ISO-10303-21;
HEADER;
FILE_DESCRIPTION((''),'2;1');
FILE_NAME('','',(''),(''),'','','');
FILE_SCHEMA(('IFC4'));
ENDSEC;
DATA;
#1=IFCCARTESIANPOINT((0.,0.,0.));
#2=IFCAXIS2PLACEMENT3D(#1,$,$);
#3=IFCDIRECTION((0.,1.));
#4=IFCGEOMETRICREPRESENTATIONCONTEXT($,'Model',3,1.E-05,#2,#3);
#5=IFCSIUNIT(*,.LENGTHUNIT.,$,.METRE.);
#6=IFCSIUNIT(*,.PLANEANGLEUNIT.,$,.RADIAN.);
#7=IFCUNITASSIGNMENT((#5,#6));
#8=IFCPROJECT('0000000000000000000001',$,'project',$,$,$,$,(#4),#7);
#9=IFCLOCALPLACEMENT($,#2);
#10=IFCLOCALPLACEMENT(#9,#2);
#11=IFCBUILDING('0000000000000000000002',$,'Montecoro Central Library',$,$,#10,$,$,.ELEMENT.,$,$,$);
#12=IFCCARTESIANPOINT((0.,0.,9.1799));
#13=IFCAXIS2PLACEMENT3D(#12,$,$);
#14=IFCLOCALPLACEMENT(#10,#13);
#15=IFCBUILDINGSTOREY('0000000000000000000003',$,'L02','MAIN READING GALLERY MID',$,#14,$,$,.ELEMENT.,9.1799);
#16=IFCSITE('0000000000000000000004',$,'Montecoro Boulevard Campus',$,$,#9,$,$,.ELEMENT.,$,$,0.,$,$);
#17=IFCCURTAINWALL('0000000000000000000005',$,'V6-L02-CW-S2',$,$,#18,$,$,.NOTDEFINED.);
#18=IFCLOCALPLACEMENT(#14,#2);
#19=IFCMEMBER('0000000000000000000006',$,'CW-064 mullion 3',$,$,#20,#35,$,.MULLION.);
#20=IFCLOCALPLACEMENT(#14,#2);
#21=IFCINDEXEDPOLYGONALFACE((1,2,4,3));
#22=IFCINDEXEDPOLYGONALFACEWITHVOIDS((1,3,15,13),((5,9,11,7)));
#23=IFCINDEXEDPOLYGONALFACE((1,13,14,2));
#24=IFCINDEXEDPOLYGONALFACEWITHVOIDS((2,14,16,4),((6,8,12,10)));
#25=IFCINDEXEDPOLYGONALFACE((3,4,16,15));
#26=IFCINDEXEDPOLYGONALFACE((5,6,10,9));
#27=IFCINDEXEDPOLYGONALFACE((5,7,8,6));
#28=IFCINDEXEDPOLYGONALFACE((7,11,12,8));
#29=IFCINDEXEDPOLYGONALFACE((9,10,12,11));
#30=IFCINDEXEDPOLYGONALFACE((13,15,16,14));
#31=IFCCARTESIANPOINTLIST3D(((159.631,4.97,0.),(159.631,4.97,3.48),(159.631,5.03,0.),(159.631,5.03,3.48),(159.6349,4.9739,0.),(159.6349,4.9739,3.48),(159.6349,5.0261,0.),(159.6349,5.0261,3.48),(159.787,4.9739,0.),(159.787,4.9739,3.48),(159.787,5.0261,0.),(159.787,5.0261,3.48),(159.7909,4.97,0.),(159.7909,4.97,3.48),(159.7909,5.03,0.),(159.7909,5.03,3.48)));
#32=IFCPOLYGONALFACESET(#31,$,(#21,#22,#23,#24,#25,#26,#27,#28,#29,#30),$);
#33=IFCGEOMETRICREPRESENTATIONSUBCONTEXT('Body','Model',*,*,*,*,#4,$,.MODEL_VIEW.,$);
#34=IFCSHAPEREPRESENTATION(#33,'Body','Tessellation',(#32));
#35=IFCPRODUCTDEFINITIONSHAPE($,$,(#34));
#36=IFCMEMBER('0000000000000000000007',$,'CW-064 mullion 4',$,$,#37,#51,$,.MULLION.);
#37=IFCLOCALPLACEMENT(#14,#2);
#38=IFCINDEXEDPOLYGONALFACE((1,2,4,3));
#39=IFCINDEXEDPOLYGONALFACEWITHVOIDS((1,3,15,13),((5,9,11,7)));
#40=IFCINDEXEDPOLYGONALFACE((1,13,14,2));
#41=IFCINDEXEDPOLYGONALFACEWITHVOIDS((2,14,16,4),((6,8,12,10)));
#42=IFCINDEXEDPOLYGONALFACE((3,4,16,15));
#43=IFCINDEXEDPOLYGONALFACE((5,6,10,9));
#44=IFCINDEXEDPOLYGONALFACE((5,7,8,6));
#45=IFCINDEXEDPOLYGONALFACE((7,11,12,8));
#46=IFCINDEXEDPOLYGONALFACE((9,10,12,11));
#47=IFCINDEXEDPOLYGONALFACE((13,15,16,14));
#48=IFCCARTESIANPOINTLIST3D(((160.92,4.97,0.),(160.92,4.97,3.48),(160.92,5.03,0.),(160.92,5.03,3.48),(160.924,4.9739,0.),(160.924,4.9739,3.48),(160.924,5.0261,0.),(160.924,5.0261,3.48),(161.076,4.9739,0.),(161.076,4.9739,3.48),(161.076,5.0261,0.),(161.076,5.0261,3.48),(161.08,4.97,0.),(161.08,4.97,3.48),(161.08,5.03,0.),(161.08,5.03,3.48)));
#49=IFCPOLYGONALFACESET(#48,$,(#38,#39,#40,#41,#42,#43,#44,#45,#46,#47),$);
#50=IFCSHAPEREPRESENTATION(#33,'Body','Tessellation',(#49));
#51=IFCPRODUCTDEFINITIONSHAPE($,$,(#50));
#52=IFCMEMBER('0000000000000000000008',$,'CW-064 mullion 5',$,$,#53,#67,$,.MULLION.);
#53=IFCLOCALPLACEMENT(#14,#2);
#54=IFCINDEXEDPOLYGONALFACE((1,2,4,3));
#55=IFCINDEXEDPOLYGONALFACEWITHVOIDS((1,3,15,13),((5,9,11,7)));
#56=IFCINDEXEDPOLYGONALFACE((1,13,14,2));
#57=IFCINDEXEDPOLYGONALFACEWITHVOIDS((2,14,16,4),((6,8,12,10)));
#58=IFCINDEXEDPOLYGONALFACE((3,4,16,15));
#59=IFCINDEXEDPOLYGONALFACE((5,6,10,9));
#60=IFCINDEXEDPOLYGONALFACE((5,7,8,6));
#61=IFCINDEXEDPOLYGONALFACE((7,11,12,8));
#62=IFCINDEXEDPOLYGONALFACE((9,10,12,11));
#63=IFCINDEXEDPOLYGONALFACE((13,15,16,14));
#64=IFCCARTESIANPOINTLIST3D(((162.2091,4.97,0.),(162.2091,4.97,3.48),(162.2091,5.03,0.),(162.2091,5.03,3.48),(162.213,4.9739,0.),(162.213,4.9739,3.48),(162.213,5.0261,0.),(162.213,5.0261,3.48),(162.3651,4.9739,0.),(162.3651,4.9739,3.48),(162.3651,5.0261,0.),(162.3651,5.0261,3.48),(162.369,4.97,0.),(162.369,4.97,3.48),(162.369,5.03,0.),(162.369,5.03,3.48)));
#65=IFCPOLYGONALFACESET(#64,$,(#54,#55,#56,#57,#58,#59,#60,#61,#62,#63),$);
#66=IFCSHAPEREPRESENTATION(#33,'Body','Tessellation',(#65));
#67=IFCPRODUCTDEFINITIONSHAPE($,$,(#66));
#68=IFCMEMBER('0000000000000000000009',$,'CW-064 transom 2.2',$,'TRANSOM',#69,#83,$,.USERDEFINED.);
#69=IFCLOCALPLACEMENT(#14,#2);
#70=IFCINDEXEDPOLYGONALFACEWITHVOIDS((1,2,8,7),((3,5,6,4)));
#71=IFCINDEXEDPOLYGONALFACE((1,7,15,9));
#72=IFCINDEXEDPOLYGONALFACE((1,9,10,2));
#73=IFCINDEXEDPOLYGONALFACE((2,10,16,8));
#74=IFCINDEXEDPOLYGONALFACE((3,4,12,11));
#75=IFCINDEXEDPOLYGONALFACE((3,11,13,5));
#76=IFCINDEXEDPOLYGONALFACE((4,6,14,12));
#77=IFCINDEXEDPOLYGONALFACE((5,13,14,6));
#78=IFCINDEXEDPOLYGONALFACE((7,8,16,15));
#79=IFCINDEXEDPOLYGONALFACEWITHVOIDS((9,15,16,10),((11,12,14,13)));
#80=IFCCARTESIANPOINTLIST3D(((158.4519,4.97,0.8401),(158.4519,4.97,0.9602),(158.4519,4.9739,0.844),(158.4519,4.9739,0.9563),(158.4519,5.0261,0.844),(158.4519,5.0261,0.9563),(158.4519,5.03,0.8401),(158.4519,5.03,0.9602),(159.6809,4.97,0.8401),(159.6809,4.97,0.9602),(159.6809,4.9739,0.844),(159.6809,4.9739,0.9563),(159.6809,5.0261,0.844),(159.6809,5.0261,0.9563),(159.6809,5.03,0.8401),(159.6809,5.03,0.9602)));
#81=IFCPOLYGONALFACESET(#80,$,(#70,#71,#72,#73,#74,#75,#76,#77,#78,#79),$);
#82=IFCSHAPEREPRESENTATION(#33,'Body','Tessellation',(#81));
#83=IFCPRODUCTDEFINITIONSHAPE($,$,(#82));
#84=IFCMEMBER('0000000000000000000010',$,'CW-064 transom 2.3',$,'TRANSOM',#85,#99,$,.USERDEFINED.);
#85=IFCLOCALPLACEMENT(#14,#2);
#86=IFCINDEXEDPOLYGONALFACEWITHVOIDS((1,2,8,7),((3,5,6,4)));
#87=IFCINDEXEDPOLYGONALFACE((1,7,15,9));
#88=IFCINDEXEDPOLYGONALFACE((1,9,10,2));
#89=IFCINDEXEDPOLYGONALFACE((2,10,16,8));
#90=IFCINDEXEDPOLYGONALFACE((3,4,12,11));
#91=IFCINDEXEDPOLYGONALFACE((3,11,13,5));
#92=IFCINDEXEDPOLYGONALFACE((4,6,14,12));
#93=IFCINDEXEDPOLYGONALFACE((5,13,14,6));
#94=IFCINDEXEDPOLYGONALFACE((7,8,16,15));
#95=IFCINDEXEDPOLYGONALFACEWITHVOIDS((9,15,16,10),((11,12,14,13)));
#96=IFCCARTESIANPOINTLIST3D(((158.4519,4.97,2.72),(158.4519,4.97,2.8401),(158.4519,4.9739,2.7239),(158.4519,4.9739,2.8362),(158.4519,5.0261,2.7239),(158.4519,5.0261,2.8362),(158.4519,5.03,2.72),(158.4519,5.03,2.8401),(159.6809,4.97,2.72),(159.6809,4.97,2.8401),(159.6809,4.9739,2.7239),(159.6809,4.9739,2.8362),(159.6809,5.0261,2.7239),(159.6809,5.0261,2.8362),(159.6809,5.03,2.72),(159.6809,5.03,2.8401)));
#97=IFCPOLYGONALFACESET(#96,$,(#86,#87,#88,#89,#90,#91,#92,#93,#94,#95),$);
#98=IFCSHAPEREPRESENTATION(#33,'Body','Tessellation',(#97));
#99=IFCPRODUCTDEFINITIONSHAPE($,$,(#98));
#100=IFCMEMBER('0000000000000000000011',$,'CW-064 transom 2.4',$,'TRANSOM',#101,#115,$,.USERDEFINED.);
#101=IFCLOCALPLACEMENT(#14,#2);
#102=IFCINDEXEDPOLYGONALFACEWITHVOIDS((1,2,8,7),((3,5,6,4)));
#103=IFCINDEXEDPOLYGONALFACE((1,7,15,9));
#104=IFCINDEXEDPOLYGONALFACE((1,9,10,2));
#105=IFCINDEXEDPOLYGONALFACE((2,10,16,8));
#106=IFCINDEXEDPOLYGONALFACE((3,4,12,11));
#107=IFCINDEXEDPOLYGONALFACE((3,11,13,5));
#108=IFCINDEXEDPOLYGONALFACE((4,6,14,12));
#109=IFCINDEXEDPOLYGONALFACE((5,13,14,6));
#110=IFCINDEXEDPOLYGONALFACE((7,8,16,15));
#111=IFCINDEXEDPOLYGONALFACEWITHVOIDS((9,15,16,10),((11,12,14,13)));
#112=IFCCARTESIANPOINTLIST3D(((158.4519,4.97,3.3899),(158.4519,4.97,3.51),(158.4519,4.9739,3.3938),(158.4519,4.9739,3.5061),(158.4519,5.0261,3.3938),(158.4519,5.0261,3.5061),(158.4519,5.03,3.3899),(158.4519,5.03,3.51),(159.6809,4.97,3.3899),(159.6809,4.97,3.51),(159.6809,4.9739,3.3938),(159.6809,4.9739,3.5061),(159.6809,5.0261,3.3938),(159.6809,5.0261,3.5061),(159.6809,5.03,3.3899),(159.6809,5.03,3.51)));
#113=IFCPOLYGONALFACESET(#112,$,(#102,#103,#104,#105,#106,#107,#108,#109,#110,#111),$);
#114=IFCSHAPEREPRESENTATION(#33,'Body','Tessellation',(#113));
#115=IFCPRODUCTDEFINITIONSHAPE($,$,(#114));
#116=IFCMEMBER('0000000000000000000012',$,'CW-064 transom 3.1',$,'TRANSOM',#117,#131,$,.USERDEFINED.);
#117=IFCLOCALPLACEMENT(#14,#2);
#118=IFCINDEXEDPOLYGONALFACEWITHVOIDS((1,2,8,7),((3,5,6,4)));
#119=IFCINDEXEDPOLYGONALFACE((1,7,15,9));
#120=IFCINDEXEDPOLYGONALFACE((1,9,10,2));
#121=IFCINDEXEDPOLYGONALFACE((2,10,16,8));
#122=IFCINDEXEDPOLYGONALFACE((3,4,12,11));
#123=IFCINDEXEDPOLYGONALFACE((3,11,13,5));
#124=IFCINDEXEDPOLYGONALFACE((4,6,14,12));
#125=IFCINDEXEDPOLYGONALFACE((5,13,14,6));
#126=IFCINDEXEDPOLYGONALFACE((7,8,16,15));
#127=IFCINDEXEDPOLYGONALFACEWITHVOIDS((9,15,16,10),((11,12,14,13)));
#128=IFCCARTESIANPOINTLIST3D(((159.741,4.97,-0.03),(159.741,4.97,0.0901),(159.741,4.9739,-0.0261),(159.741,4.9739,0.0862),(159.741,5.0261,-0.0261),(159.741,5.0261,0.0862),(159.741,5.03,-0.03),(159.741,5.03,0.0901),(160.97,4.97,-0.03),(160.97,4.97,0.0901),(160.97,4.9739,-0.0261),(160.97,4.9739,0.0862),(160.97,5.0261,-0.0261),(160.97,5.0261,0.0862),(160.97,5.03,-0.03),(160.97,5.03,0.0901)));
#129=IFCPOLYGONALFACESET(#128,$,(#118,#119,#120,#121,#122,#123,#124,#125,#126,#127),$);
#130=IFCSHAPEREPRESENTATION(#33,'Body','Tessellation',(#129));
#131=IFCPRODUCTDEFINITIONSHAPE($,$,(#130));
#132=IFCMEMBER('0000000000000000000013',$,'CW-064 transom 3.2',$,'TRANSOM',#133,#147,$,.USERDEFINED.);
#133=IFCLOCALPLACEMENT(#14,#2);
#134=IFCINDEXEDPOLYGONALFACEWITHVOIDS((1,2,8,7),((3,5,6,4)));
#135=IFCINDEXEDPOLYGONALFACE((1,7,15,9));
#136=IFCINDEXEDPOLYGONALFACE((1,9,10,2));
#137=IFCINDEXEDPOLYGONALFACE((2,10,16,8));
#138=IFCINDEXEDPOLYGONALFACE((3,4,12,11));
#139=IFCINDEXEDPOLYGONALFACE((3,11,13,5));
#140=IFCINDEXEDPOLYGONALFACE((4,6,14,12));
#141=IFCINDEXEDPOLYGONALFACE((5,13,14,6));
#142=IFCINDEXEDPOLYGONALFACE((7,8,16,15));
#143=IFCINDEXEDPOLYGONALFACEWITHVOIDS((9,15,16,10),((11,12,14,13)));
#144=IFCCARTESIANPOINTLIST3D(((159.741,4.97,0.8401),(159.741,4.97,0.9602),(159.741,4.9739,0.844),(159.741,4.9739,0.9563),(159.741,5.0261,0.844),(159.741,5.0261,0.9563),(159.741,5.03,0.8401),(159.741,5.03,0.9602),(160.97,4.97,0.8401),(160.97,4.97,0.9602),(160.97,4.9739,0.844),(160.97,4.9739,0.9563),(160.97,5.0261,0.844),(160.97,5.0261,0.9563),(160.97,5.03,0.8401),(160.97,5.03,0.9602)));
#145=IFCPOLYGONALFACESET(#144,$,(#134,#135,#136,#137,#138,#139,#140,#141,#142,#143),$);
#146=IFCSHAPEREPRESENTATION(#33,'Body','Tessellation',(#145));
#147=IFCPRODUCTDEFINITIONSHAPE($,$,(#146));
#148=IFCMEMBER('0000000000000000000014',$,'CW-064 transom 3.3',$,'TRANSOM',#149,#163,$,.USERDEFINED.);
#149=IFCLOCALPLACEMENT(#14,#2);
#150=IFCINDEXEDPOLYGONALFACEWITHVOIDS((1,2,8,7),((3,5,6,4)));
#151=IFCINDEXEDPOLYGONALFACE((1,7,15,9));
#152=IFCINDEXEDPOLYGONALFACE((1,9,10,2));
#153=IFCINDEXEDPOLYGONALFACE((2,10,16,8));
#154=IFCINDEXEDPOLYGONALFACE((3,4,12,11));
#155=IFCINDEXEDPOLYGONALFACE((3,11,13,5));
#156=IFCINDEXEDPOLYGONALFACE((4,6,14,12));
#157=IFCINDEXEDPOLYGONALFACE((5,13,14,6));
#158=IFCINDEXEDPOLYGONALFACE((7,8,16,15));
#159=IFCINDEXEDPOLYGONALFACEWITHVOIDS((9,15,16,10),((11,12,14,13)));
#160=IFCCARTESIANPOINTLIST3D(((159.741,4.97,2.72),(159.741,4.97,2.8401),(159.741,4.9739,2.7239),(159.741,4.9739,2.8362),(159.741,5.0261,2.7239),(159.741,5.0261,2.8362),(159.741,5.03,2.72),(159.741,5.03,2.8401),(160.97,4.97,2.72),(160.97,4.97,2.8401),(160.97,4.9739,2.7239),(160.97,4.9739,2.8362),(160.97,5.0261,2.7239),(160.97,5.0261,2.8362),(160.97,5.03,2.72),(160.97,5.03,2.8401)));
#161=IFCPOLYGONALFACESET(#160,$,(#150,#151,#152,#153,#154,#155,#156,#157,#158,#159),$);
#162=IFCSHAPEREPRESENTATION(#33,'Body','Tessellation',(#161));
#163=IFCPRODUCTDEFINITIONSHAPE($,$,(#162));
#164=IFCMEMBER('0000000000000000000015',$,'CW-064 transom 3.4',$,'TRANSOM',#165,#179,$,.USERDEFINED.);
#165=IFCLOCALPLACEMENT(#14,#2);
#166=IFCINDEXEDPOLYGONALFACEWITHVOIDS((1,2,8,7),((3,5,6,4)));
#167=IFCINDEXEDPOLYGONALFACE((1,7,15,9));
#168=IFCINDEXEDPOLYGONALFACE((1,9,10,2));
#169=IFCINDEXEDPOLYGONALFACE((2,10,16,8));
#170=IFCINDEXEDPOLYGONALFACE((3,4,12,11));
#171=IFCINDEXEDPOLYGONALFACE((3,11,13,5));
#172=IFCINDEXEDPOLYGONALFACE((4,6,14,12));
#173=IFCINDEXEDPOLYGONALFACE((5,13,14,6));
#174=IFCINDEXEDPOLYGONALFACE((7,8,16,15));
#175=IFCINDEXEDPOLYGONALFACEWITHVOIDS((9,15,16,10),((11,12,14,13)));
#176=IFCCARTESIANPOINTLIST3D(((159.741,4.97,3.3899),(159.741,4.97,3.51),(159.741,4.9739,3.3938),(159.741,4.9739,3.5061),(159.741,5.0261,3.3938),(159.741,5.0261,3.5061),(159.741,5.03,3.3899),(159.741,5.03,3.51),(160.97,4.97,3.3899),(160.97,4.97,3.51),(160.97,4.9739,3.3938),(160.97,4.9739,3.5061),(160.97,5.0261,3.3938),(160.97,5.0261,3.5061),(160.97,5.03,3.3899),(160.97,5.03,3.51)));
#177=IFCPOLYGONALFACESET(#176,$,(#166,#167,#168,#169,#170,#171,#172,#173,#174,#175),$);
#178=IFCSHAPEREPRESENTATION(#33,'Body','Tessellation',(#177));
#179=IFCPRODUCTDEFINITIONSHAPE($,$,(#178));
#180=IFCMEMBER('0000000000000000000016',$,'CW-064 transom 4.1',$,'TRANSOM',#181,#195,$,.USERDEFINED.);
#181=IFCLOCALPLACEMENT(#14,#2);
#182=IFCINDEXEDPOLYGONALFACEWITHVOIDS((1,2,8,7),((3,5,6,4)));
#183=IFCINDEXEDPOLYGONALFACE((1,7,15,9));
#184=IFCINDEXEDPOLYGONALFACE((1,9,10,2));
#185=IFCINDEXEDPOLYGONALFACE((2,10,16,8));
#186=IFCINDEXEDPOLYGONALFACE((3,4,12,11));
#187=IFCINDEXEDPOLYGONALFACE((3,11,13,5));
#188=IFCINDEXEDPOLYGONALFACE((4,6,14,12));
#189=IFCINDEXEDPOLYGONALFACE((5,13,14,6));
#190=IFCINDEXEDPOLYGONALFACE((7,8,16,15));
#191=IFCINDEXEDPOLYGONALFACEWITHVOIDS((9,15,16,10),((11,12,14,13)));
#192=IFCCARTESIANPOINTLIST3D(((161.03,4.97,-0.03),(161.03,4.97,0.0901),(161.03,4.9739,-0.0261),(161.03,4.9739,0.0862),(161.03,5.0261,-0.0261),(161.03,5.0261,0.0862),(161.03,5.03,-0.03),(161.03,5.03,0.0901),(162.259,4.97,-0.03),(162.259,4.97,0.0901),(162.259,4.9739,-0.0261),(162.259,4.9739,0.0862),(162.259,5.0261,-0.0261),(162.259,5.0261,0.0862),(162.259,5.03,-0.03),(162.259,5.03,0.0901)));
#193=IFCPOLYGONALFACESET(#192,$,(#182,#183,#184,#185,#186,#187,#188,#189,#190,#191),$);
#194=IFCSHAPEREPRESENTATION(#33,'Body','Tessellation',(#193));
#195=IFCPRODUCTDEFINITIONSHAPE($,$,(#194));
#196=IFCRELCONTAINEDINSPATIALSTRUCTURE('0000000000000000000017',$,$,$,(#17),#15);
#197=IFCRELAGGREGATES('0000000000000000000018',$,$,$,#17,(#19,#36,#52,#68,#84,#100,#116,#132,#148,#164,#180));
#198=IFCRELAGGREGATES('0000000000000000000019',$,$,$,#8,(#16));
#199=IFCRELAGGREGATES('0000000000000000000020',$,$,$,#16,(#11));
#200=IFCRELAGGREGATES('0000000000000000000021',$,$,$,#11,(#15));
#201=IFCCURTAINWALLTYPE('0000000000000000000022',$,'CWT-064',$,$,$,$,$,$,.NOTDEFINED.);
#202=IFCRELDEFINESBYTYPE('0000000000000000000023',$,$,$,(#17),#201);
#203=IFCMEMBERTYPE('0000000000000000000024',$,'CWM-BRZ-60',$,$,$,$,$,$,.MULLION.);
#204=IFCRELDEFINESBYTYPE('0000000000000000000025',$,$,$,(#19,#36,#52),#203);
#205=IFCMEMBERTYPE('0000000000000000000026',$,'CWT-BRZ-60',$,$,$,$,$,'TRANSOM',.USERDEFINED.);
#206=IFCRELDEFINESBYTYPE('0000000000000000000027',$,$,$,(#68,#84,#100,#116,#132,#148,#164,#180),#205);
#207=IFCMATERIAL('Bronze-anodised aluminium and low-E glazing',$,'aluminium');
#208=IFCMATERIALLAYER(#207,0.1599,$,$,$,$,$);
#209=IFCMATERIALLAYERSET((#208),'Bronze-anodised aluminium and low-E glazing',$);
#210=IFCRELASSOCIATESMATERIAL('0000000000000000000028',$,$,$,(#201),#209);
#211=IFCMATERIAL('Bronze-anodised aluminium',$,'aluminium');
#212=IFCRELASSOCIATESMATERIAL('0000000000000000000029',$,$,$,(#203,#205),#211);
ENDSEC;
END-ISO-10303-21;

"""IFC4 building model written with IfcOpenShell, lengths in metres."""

from ifc_helpers import new_model, si_unit, direction, frame, origin, origin_2d, place, context, subcontext, project, spatial, hollow_rectangle, extrude, material, layer, layer_set, material_profile, profile_set, type_object, element, aggregate, save


model = new_model("IFC4")

# Units and contexts
model_context = context("Model", 3, precision=1e-05, world=origin(), true_north=direction((0.0, 1.0)))
body_context = subcontext(model_context, "Body", "Model", "MODEL_VIEW")
ifc_project = project(units=[si_unit("LENGTHUNIT", "METRE"), si_unit("PLANEANGLEUNIT", "RADIAN")], contexts=[model_context])

# Site, building, storey
site_placement = place(None, origin())
site = spatial("IfcSite", under=ifc_project, at=site_placement, Name="Montecoro Boulevard Campus", CompositionType="ELEMENT", RefElevation=0.0)
building_placement = place(site_placement, origin())
building = spatial("IfcBuilding", under=site, at=building_placement, Name="Montecoro Central Library", CompositionType="ELEMENT")
storey_placement = place(building_placement, frame((0.0, 0.0, 9.1799)))
storey = spatial("IfcBuildingStorey", under=building, at=storey_placement, Name="L02", Description="MAIN READING GALLERY MID", CompositionType="ELEMENT", Elevation=9.1799)

# Curtain wall, members
ifc_material_1 = material(Name="Bronze-anodised aluminium and low-E glazing", Category="aluminium")
ifc_layer_1 = layer(ifc_material_1, 0.1599)
ifc_layer_set_1 = layer_set([ifc_layer_1], Name="Bronze-anodised aluminium and low-E glazing")
curtain_wall_type = type_object("IfcCurtainWallType", Name="CWT-064", PredefinedType="NOTDEFINED", material=ifc_layer_set_1)
curtain_wall_placement = place(storey_placement, origin())
curtain_wall = element("IfcCurtainWall", 1, at=curtain_wall_placement, inside=storey, type_object=curtain_wall_type, Name="V6-L02-CW-S2", PredefinedType="NOTDEFINED")
ifc_material_2 = material(Name="Bronze-anodised aluminium", Category="aluminium")
ifc_material_profile_1 = material_profile(ifc_material_2, hollow_rectangle(XDim=0.0601, YDim=0.1599, WallThickness=0.0039, at=origin_2d()), Name="CWM 160x60x4.0")
ifc_profile_set_1 = profile_set([ifc_material_profile_1], Name="Bronze-anodised aluminium")
member_type_1 = type_object("IfcMemberType", Name="CWM-BRZ-60", PredefinedType="MULLION", material=ifc_profile_set_1)
member_1_placement = place(storey_placement, frame((159.7109, 5.0, 0.0), z_axis=(0.0, 0.0, 1.0), x_axis=(0.0, 1.0, 0.0)))
member_1 = element("IfcMember", 2, at=member_1_placement, type_object=member_type_1, Name="CW-064 mullion 3", PredefinedType="MULLION", context=body_context, shape_type="SweptSolid", body=[
    extrude(hollow_rectangle(XDim=0.0601, YDim=0.1599, WallThickness=0.0039, at=origin_2d()), origin(), (0.0, 0.0, 1.0), 3.48),
])
member_2_placement = place(storey_placement, frame((161.0, 5.0, 0.0), z_axis=(0.0, 0.0, 1.0), x_axis=(0.0, 1.0, 0.0)))
member_2 = element("IfcMember", 3, at=member_2_placement, type_object=member_type_1, Name="CW-064 mullion 4", PredefinedType="MULLION", context=body_context, shape_type="SweptSolid", body=[
    extrude(hollow_rectangle(XDim=0.0601, YDim=0.1599, WallThickness=0.0039, at=origin_2d()), origin(), (0.0, 0.0, 1.0), 3.48),
])
member_3_placement = place(storey_placement, frame((162.2891, 5.0, 0.0), z_axis=(0.0, 0.0, 1.0), x_axis=(0.0, 1.0, 0.0)))
member_3 = element("IfcMember", 4, at=member_3_placement, type_object=member_type_1, Name="CW-064 mullion 5", PredefinedType="MULLION", context=body_context, shape_type="SweptSolid", body=[
    extrude(hollow_rectangle(XDim=0.0601, YDim=0.1599, WallThickness=0.0039, at=origin_2d()), origin(), (0.0, 0.0, 1.0), 3.48),
])
ifc_material_profile_2 = material_profile(ifc_material_2, hollow_rectangle(XDim=0.0601, YDim=0.1201, WallThickness=0.0039, at=origin_2d()), Name="CWT 120x60x4.0")
ifc_profile_set_2 = profile_set([ifc_material_profile_2], Name="Bronze-anodised aluminium")
member_type_2 = type_object("IfcMemberType", Name="CWT-BRZ-60", ElementType="TRANSOM", PredefinedType="USERDEFINED", material=ifc_profile_set_2)
member_4_placement = place(storey_placement, frame((158.4519, 5.0, 0.9001), z_axis=(1.0, 0.0, 0.0), x_axis=(0.0, 1.0, 0.0)))
member_4 = element("IfcMember", 5, at=member_4_placement, type_object=member_type_2, Name="CW-064 transom 2.2", ObjectType="TRANSOM", PredefinedType="USERDEFINED", context=body_context, shape_type="SweptSolid", body=[
    extrude(hollow_rectangle(XDim=0.0601, YDim=0.1201, WallThickness=0.0039, at=origin_2d()), origin(), (0.0, 0.0, 1.0), 1.229),
])
member_5_placement = place(storey_placement, frame((158.4519, 5.0, 2.78), z_axis=(1.0, 0.0, 0.0), x_axis=(0.0, 1.0, 0.0)))
member_5 = element("IfcMember", 6, at=member_5_placement, type_object=member_type_2, Name="CW-064 transom 2.3", ObjectType="TRANSOM", PredefinedType="USERDEFINED", context=body_context, shape_type="SweptSolid", body=[
    extrude(hollow_rectangle(XDim=0.0601, YDim=0.1201, WallThickness=0.0039, at=origin_2d()), origin(), (0.0, 0.0, 1.0), 1.229),
])
member_6_placement = place(storey_placement, frame((158.4519, 5.0, 3.45), z_axis=(1.0, 0.0, 0.0), x_axis=(0.0, 1.0, 0.0)))
member_6 = element("IfcMember", 7, at=member_6_placement, type_object=member_type_2, Name="CW-064 transom 2.4", ObjectType="TRANSOM", PredefinedType="USERDEFINED", context=body_context, shape_type="SweptSolid", body=[
    extrude(hollow_rectangle(XDim=0.0601, YDim=0.1201, WallThickness=0.0039, at=origin_2d()), origin(), (0.0, 0.0, 1.0), 1.229),
])
member_7_placement = place(storey_placement, frame((159.741, 5.0, 0.03), z_axis=(1.0, 0.0, 0.0), x_axis=(0.0, 1.0, 0.0)))
member_7 = element("IfcMember", 8, at=member_7_placement, type_object=member_type_2, Name="CW-064 transom 3.1", ObjectType="TRANSOM", PredefinedType="USERDEFINED", context=body_context, shape_type="SweptSolid", body=[
    extrude(hollow_rectangle(XDim=0.0601, YDim=0.1201, WallThickness=0.0039, at=origin_2d()), origin(), (0.0, 0.0, 1.0), 1.229),
])
member_8_placement = place(storey_placement, frame((159.741, 5.0, 0.9001), z_axis=(1.0, 0.0, 0.0), x_axis=(0.0, 1.0, 0.0)))
member_8 = element("IfcMember", 9, at=member_8_placement, type_object=member_type_2, Name="CW-064 transom 3.2", ObjectType="TRANSOM", PredefinedType="USERDEFINED", context=body_context, shape_type="SweptSolid", body=[
    extrude(hollow_rectangle(XDim=0.0601, YDim=0.1201, WallThickness=0.0039, at=origin_2d()), origin(), (0.0, 0.0, 1.0), 1.229),
])
member_9_placement = place(storey_placement, frame((159.741, 5.0, 2.78), z_axis=(1.0, 0.0, 0.0), x_axis=(0.0, 1.0, 0.0)))
member_9 = element("IfcMember", 10, at=member_9_placement, type_object=member_type_2, Name="CW-064 transom 3.3", ObjectType="TRANSOM", PredefinedType="USERDEFINED", context=body_context, shape_type="SweptSolid", body=[
    extrude(hollow_rectangle(XDim=0.0601, YDim=0.1201, WallThickness=0.0039, at=origin_2d()), origin(), (0.0, 0.0, 1.0), 1.229),
])
member_10_placement = place(storey_placement, frame((159.741, 5.0, 3.45), z_axis=(1.0, 0.0, 0.0), x_axis=(0.0, 1.0, 0.0)))
member_10 = element("IfcMember", 11, at=member_10_placement, type_object=member_type_2, Name="CW-064 transom 3.4", ObjectType="TRANSOM", PredefinedType="USERDEFINED", context=body_context, shape_type="SweptSolid", body=[
    extrude(hollow_rectangle(XDim=0.0601, YDim=0.1201, WallThickness=0.0039, at=origin_2d()), origin(), (0.0, 0.0, 1.0), 1.229),
])
member_11_placement = place(storey_placement, frame((161.03, 5.0, 0.03), z_axis=(1.0, 0.0, 0.0), x_axis=(0.0, 1.0, 0.0)))
member_11 = element("IfcMember", 12, at=member_11_placement, type_object=member_type_2, Name="CW-064 transom 4.1", ObjectType="TRANSOM", PredefinedType="USERDEFINED", context=body_context, shape_type="SweptSolid", body=[
    extrude(hollow_rectangle(XDim=0.0601, YDim=0.1201, WallThickness=0.0039, at=origin_2d()), origin(), (0.0, 0.0, 1.0), 1.229),
])
aggregate(curtain_wall, [member_1, member_2, member_3, member_4, member_5, member_6, member_7, member_8, member_9, member_10, member_11])

save(model, "model.ifc")
